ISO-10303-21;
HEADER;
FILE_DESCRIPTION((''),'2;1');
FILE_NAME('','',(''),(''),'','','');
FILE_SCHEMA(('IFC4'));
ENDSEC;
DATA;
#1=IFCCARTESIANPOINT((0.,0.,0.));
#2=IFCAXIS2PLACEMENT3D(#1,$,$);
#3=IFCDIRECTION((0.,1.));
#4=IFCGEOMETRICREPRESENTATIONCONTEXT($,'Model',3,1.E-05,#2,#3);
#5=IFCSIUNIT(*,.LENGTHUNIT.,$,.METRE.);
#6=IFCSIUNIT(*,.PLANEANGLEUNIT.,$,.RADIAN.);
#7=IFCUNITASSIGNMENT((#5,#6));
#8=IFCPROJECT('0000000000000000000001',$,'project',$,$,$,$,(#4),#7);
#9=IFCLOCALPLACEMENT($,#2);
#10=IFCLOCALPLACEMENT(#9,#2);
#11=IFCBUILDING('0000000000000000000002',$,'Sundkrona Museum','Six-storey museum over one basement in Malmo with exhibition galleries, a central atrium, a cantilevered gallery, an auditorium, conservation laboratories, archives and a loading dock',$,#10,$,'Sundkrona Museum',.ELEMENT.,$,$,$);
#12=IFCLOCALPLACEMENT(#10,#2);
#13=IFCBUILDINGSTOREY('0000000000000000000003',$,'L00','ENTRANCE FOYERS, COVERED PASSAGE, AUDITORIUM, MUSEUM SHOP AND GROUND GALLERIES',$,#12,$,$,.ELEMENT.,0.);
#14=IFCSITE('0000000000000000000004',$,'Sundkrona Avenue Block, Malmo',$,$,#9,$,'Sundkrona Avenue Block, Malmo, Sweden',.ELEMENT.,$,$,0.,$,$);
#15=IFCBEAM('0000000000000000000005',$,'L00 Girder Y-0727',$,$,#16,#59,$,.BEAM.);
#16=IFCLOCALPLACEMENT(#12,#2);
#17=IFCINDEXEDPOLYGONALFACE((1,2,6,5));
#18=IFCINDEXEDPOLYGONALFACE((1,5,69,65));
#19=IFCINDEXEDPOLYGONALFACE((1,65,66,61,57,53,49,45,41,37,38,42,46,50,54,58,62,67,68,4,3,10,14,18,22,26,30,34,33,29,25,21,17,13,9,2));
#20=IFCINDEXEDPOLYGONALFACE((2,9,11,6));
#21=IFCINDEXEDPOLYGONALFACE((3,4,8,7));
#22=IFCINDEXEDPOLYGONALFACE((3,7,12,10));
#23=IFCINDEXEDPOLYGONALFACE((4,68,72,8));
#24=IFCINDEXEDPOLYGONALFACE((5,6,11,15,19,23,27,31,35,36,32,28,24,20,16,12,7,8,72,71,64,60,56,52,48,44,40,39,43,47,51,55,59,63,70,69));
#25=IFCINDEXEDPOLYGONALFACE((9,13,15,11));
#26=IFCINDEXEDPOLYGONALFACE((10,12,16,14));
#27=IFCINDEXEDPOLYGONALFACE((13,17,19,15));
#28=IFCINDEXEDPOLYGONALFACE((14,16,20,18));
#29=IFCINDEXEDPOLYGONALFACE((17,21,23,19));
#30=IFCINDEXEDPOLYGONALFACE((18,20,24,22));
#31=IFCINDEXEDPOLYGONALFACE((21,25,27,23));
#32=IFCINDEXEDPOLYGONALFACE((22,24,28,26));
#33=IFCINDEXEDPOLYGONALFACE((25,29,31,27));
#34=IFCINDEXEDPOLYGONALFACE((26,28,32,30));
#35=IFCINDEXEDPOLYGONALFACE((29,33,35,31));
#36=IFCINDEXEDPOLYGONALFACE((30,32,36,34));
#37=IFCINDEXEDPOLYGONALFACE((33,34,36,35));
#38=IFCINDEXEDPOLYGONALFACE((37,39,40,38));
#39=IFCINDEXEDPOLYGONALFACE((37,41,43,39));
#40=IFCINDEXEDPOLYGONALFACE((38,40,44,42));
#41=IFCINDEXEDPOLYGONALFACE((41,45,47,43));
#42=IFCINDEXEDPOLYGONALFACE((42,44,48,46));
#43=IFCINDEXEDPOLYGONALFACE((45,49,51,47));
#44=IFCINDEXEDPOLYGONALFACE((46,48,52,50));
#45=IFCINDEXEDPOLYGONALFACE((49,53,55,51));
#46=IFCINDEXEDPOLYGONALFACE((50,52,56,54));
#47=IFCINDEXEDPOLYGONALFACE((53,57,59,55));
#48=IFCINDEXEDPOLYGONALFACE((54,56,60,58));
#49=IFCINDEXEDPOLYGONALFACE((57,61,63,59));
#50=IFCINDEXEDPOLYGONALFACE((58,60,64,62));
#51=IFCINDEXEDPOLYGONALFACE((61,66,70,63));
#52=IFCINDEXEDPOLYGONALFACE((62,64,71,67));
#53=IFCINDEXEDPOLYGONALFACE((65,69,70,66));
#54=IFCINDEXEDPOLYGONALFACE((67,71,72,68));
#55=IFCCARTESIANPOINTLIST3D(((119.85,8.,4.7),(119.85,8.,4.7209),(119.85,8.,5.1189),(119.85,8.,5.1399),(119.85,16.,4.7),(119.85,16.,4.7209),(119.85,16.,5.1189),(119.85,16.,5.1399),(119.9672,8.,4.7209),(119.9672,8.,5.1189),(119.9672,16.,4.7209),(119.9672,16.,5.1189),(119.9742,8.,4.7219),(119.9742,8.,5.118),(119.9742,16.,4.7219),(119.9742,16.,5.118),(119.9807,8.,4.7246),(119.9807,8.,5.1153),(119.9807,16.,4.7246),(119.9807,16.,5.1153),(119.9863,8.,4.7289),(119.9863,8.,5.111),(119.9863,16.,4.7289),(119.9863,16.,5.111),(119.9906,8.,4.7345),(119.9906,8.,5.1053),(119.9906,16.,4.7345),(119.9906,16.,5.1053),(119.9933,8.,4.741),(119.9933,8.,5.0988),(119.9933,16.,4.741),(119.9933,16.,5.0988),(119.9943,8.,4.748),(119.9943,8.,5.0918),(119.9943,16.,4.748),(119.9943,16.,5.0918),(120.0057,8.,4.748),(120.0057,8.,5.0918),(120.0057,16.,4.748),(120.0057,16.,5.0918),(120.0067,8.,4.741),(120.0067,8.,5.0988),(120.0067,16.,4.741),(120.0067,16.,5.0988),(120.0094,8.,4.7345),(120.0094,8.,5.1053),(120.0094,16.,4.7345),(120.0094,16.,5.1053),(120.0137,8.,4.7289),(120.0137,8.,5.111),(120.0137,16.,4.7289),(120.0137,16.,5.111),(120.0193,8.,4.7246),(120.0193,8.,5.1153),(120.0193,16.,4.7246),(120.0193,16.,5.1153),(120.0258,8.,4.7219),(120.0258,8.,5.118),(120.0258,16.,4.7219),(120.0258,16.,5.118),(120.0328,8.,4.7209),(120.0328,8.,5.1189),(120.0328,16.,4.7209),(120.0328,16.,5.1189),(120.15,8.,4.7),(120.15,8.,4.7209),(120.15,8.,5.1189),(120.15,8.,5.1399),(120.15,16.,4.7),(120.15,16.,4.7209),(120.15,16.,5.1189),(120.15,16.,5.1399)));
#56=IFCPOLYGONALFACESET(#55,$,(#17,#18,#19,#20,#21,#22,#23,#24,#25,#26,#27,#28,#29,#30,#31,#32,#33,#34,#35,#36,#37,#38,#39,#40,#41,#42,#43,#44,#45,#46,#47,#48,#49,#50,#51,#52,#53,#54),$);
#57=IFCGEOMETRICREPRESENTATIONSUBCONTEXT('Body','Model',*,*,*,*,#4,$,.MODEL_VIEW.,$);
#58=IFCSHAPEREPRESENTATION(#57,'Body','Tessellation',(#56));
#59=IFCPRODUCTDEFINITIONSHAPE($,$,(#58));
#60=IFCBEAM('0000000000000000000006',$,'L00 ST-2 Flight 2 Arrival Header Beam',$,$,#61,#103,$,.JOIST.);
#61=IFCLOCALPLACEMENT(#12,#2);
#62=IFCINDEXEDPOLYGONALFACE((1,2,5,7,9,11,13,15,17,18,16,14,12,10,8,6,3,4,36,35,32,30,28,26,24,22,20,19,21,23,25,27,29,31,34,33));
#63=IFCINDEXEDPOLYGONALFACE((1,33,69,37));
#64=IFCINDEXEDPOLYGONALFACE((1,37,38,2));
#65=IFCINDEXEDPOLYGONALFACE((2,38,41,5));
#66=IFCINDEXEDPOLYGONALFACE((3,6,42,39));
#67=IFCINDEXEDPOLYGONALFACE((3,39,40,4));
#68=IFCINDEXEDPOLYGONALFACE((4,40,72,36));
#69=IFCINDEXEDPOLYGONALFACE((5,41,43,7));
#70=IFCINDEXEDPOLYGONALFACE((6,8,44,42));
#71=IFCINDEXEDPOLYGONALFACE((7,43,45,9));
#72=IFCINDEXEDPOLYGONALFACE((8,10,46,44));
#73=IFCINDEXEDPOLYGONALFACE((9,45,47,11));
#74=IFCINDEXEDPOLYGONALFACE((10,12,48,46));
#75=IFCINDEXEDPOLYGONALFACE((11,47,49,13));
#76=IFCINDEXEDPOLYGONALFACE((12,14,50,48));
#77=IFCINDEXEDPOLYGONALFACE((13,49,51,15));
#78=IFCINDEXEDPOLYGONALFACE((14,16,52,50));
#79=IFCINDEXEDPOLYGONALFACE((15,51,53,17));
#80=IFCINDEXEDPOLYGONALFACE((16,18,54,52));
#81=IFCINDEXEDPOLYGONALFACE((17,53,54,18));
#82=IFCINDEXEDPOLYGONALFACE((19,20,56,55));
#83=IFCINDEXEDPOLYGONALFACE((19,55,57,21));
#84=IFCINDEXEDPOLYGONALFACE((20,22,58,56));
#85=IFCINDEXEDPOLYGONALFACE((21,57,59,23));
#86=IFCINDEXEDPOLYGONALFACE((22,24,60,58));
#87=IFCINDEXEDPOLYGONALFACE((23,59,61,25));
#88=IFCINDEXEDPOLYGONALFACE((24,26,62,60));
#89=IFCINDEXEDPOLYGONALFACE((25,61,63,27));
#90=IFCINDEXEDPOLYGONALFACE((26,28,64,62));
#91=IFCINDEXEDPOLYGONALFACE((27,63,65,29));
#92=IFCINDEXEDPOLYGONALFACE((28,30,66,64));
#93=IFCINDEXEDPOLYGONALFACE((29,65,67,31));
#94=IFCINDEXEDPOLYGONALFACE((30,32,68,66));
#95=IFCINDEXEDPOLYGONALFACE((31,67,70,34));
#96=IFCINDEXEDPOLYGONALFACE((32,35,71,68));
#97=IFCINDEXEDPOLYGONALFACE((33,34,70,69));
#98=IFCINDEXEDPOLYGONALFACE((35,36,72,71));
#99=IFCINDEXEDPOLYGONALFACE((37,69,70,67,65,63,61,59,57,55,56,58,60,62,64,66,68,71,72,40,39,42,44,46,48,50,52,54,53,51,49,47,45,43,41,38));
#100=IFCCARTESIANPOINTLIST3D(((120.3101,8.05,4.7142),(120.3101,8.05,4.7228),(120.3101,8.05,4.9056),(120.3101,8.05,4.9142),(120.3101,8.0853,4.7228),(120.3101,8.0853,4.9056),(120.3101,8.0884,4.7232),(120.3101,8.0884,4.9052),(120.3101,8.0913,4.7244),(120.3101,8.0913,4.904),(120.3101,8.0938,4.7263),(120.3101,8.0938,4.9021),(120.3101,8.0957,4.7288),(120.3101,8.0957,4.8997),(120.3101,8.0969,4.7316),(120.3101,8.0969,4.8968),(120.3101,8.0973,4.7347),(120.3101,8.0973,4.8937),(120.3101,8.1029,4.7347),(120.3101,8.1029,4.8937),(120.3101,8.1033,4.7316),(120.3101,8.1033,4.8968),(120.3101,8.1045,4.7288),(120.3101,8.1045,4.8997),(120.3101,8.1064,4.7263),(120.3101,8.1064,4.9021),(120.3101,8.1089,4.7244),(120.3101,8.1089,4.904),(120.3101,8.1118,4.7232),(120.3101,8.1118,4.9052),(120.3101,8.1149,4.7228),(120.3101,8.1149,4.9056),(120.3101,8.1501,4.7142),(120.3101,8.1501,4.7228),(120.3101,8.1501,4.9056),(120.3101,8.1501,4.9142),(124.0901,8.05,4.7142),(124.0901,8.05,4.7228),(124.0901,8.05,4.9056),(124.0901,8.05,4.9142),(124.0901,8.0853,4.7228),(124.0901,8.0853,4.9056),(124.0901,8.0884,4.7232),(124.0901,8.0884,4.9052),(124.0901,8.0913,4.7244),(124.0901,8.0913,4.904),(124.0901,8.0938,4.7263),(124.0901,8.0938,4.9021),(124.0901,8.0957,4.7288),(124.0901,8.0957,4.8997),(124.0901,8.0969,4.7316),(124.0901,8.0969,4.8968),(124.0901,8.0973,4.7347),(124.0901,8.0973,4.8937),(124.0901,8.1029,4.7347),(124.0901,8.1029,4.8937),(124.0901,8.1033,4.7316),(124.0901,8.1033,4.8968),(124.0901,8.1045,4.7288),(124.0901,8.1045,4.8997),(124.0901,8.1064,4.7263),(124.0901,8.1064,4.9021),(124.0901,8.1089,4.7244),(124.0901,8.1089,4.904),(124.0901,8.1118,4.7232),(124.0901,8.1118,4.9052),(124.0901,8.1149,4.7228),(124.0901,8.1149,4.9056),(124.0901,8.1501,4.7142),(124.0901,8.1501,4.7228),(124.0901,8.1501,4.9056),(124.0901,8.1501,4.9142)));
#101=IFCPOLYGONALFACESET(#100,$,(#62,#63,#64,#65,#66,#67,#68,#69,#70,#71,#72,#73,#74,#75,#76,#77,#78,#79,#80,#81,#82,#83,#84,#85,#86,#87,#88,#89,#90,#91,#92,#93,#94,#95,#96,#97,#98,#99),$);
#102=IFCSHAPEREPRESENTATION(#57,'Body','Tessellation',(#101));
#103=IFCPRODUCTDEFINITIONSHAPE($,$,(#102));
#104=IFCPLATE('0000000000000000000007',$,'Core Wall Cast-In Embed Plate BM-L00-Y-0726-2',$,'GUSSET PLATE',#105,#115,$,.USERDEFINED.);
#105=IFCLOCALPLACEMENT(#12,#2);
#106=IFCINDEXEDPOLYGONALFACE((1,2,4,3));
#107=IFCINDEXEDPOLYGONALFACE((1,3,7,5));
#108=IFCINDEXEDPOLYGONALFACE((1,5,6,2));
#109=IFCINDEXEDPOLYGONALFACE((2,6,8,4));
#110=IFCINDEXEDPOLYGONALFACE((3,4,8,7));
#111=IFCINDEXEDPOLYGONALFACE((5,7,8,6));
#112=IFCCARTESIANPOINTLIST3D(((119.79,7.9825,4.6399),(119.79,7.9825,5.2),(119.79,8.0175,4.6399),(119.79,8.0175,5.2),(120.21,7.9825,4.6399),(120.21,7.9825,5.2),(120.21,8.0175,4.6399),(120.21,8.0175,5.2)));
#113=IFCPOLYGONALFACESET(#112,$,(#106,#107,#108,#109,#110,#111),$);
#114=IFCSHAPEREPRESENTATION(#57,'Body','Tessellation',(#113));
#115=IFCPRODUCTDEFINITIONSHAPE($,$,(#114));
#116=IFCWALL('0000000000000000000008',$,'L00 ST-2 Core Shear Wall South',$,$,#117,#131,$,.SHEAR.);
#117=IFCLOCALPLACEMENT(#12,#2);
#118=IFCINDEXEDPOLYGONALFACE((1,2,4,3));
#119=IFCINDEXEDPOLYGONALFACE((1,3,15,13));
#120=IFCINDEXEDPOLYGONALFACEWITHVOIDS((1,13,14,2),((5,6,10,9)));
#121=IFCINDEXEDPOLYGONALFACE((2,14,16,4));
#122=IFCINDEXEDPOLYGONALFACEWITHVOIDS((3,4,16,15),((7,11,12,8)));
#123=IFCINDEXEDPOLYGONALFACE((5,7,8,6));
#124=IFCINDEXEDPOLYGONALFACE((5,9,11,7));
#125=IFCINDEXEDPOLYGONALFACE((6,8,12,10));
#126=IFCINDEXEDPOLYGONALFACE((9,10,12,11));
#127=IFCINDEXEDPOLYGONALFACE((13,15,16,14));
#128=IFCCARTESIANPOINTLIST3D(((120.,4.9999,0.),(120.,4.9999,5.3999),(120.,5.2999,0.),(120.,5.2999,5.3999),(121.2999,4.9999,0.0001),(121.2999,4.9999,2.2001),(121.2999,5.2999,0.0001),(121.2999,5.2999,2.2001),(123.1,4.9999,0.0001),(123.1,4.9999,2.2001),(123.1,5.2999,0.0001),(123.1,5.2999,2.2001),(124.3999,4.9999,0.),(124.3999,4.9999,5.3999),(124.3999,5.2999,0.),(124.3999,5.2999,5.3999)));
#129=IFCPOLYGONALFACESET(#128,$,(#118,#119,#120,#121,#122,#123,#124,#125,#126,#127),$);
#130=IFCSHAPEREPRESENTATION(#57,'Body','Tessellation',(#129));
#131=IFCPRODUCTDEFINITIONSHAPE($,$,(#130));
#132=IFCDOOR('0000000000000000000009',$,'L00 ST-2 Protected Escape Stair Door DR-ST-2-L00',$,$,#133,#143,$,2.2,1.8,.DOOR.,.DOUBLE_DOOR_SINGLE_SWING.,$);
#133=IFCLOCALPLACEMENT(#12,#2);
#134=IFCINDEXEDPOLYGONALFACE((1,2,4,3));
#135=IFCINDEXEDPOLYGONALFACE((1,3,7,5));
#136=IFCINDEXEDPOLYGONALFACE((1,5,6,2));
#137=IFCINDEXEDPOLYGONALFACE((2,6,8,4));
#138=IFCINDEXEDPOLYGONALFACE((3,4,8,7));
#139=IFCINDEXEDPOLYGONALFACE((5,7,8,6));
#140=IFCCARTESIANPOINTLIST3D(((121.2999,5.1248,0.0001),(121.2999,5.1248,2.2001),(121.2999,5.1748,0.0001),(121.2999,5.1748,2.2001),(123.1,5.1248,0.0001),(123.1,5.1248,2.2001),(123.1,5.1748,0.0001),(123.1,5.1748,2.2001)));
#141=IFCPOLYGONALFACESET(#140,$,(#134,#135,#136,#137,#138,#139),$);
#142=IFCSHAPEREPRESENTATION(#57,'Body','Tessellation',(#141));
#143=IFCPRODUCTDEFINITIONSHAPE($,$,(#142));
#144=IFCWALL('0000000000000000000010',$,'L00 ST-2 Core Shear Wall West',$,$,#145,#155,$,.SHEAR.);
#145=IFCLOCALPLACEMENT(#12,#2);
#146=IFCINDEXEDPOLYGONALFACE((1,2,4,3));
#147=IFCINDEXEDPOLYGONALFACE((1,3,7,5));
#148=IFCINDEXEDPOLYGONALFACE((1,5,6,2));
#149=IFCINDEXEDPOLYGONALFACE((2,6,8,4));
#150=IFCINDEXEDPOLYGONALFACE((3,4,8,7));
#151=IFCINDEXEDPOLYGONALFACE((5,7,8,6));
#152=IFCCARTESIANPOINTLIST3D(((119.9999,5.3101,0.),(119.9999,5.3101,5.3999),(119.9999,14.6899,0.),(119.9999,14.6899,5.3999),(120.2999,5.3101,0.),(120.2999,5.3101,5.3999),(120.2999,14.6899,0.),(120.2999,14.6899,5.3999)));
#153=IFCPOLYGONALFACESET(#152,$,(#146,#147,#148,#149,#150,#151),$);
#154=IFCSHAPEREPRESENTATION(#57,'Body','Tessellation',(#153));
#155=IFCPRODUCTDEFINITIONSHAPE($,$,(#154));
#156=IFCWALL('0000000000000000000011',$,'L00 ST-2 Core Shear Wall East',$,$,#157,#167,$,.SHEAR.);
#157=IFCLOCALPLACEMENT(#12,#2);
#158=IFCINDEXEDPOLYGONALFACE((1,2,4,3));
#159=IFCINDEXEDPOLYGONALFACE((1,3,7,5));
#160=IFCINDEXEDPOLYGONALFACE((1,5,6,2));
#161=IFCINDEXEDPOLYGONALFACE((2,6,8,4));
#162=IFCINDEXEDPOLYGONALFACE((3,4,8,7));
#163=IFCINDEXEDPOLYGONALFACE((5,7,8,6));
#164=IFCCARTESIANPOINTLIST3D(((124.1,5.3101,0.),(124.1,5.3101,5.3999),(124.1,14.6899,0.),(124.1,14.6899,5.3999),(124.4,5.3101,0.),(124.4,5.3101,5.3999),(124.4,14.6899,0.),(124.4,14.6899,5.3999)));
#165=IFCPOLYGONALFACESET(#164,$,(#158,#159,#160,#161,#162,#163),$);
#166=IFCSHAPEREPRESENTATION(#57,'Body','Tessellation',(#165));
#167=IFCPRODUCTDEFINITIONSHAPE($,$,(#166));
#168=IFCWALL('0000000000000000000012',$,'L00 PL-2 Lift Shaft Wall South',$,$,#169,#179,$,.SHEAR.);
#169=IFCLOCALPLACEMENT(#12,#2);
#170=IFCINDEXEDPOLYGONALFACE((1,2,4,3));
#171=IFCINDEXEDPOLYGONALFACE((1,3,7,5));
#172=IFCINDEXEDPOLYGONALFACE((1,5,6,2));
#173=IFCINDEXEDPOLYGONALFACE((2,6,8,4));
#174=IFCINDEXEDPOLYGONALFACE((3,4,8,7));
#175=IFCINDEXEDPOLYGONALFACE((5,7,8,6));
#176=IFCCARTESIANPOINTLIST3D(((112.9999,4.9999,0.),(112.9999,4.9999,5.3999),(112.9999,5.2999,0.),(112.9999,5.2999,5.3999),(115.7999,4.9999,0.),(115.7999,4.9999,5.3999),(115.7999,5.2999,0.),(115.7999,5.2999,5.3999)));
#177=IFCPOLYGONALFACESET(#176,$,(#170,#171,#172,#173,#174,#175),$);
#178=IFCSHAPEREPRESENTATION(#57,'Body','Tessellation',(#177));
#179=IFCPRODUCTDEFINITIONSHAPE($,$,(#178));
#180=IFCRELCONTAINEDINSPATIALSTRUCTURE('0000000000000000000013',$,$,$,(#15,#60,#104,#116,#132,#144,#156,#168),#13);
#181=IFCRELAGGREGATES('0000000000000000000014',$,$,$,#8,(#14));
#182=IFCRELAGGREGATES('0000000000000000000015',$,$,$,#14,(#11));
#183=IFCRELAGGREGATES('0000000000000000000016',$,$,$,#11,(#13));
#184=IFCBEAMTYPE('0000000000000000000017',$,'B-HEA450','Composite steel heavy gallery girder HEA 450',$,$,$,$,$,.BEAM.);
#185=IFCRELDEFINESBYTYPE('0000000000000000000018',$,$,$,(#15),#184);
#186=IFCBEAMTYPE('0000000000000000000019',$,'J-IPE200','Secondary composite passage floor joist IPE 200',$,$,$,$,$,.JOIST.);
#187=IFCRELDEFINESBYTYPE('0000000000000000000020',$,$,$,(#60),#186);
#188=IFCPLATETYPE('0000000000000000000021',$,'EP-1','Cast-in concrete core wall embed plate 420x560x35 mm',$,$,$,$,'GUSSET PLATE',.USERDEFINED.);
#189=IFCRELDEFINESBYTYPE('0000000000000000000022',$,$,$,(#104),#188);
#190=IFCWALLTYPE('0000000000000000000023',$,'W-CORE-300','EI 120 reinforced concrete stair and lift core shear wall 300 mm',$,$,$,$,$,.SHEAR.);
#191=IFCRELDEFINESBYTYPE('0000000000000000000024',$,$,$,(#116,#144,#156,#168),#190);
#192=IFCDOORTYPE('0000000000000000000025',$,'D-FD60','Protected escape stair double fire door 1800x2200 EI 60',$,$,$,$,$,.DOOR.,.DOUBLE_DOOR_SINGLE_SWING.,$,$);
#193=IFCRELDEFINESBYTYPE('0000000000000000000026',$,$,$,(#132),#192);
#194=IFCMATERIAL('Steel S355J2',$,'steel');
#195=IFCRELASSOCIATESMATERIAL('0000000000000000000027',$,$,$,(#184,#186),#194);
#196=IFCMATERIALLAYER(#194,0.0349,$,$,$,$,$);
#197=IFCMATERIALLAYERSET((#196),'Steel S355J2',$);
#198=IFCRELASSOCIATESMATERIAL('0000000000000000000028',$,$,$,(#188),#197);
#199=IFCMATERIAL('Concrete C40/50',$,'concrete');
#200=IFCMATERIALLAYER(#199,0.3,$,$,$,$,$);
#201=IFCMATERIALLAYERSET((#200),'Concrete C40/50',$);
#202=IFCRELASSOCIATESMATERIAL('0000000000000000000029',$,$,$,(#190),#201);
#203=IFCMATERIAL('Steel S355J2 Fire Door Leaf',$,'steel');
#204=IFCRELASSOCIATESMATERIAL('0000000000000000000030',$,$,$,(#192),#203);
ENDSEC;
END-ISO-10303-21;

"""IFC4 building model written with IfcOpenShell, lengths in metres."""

from ifc_helpers import new_model, si_unit, direction, frame, frame_2d, origin, origin_2d, place, context, subcontext, project, spatial, rectangle, i_section, extrude, material, layer, layer_set, material_profile, profile_set, type_object, element, fill, save


model = new_model("IFC4")

# Units and contexts
model_context = context("Model", 3, precision=1e-05, world=origin(), true_north=direction((0.0, 1.0)))
body_context = subcontext(model_context, "Body", "Model", "MODEL_VIEW")
ifc_project = project(units=[si_unit("LENGTHUNIT", "METRE"), si_unit("PLANEANGLEUNIT", "RADIAN")], contexts=[model_context])

# Site, building, storey
site_placement = place(None, origin())
site = spatial("IfcSite", under=ifc_project, at=site_placement, Name="Sundkrona Avenue Block, Malmo", LongName="Sundkrona Avenue Block, Malmo, Sweden", CompositionType="ELEMENT", RefElevation=0.0)
building_placement = place(site_placement, origin())
building = spatial("IfcBuilding", under=site, at=building_placement, Name="Sundkrona Museum", Description="Six-storey museum over one basement in Malmo with exhibition galleries, a central atrium, a cantilevered gallery, an auditorium, conservation laboratories, archives and a loading dock", LongName="Sundkrona Museum", CompositionType="ELEMENT")
storey_placement = place(building_placement, origin())
storey = spatial("IfcBuildingStorey", under=building, at=storey_placement, Name="L00", Description="ENTRANCE FOYERS, COVERED PASSAGE, AUDITORIUM, MUSEUM SHOP AND GROUND GALLERIES", CompositionType="ELEMENT", Elevation=0.0)

# Beams
ifc_material_1 = material(Name="Steel S355J2", Category="steel")
ifc_material_profile_1 = material_profile(ifc_material_1, i_section(OverallWidth=0.3, OverallDepth=0.4399, WebThickness=0.0115, FlangeThickness=0.021, FilletRadius=0.0271, at=origin_2d()), Name="HEA 450")
ifc_profile_set_1 = profile_set([ifc_material_profile_1], Name="Steel S355J2")
beam_type_1 = type_object("IfcBeamType", Name="B-HEA450", Description="Composite steel heavy gallery girder HEA 450", PredefinedType="BEAM", material=ifc_profile_set_1)
beam_1_placement = place(storey_placement, frame((120.0, 8.0, 4.9199), z_axis=(0.0, 1.0, 0.0), x_axis=(-1.0, 0.0, 0.0)))
element("IfcBeam", 1, at=beam_1_placement, inside=storey, type_object=beam_type_1, Name="L00 Girder Y-0727", PredefinedType="BEAM", context=body_context, shape_type="SweptSolid", body=[
    extrude(i_section(OverallWidth=0.3, OverallDepth=0.4399, WebThickness=0.0115, FlangeThickness=0.021, FilletRadius=0.0271, at=origin_2d()), origin(), (0.0, 0.0, 1.0), 8.0),
])
ifc_material_profile_2 = material_profile(ifc_material_1, i_section(OverallWidth=0.1001, OverallDepth=0.2, WebThickness=0.0056, FlangeThickness=0.0085, FilletRadius=0.012, at=origin_2d()), Name="IPE 200")
ifc_profile_set_2 = profile_set([ifc_material_profile_2], Name="Steel S355J2")
beam_type_2 = type_object("IfcBeamType", Name="J-IPE200", Description="Secondary composite passage floor joist IPE 200", PredefinedType="JOIST", material=ifc_profile_set_2)
beam_2_placement = place(storey_placement, frame((120.3101, 8.1001, 4.8142), z_axis=(1.0, 0.0, 0.0), x_axis=(0.0, 1.0, 0.0)))
element("IfcBeam", 2, at=beam_2_placement, inside=storey, type_object=beam_type_2, Name="L00 ST-2 Flight 2 Arrival Header Beam", PredefinedType="JOIST", context=body_context, shape_type="SweptSolid", body=[
    extrude(i_section(OverallWidth=0.1001, OverallDepth=0.2, WebThickness=0.0056, FlangeThickness=0.0085, FilletRadius=0.012, at=origin_2d()), origin(), (0.0, 0.0, 1.0), 3.78),
])

# Plate
ifc_layer_1 = layer(ifc_material_1, 0.0349)
ifc_layer_set_1 = layer_set([ifc_layer_1], Name="Steel S355J2")
plate_type = type_object("IfcPlateType", Name="EP-1", Description="Cast-in concrete core wall embed plate 420x560x35 mm", ElementType="GUSSET PLATE", PredefinedType="USERDEFINED", material=ifc_layer_set_1)
plate_placement = place(storey_placement, frame((120.0, 8.0, 4.6399), z_axis=(0.0, 0.0, 1.0), x_axis=(1.0, 0.0, 0.0)))
element("IfcPlate", 3, at=plate_placement, inside=storey, type_object=plate_type, Name="Core Wall Cast-In Embed Plate BM-L00-Y-0726-2", ObjectType="GUSSET PLATE", PredefinedType="USERDEFINED", context=body_context, shape_type="SweptSolid", body=[
    extrude(rectangle(XDim=0.4199, YDim=0.0349, at=origin_2d()), origin(), (0.0, 0.0, 1.0), 0.5601),
])

# Wall, opening, door
ifc_material_2 = material(Name="Concrete C40/50", Category="concrete")
ifc_layer_2 = layer(ifc_material_2, 0.3)
ifc_layer_set_2 = layer_set([ifc_layer_2], Name="Concrete C40/50")
wall_type_1 = type_object("IfcWallType", Name="W-CORE-300", Description="EI 120 reinforced concrete stair and lift core shear wall 300 mm", PredefinedType="SHEAR", material=ifc_layer_set_2)
wall_1_placement = place(storey_placement, frame((120.0, 5.1499, 0.0), z_axis=(0.0, 0.0, 1.0), x_axis=(1.0, 0.0, 0.0)))
wall_1 = element("IfcWall", 4, at=wall_1_placement, inside=storey, type_object=wall_type_1, Name="L00 ST-2 Core Shear Wall South", PredefinedType="SHEAR", context=body_context, shape_type="SweptSolid", body=[
    extrude(rectangle(XDim=4.3999, YDim=0.3, at=frame_2d((2.2, 0.0))), origin(), (0.0, 0.0, 1.0), 5.3999),
])
opening_1_placement = place(wall_1_placement, frame((1.3, 0.0, 0.0)))
opening_1 = element("IfcOpeningElement", 5, at=opening_1_placement, cuts=wall_1, PredefinedType="OPENING", context=body_context, shape_type="SweptSolid", body=[
    extrude(rectangle(XDim=1.8, YDim=2.2, at=frame_2d((0.8999, 1.1001))), frame((0.0, 0.1599, 0.0), z_axis=(0.0, -1.0, 0.0), x_axis=(1.0, 0.0, 0.0)), (0.0, 0.0, 1.0), 0.3201),
])
ifc_material_3 = material(Name="Steel S355J2 Fire Door Leaf", Category="steel")
door_type = type_object("IfcDoorType", Name="D-FD60", Description="Protected escape stair double fire door 1800x2200 EI 60", OperationType="DOUBLE_DOOR_SINGLE_SWING", PredefinedType="DOOR", material=ifc_material_3)
door_1_placement = place(opening_1_placement, origin())
door_1 = element("IfcDoor", 6, at=door_1_placement, inside=storey, type_object=door_type, Name="L00 ST-2 Protected Escape Stair Door DR-ST-2-L00", OperationType="DOUBLE_DOOR_SINGLE_SWING", OverallHeight=2.2, OverallWidth=1.8, PredefinedType="DOOR", context=body_context, shape_type="SweptSolid", body=[
    extrude(rectangle(XDim=1.8, YDim=2.2, at=frame_2d((0.8999, 1.1001))), frame((0.0, 0.0249, 0.0), z_axis=(0.0, -1.0, 0.0), x_axis=(1.0, 0.0, 0.0)), (0.0, 0.0, 1.0), 0.05),
])
fill(opening_1, door_1)

# Walls
for number, where, z_axis, x_axis, name in (
    (7, (120.1499, 5.3101, 0.0), (0.0, 0.0, 1.0), (0.0, 1.0, 0.0), "L00 ST-2 Core Shear Wall West"),
    (8, (124.25, 5.3101, 0.0), (0.0, 0.0, 1.0), (0.0, 1.0, 0.0), "L00 ST-2 Core Shear Wall East"),
):
    element("IfcWall", number, at=place(storey_placement, frame(where, z_axis=z_axis, x_axis=x_axis)), inside=storey, type_object=wall_type_1, Name=name, PredefinedType="SHEAR", context=body_context, shape_type="SweptSolid", body=[
        extrude(rectangle(XDim=9.3799, YDim=0.3, at=frame_2d((4.6899, 0.0))), origin(), (0.0, 0.0, 1.0), 5.3999),
    ])
wall_2_placement = place(storey_placement, frame((113.0, 5.1499, 0.0), z_axis=(0.0, 0.0, 1.0), x_axis=(1.0, 0.0, 0.0)))
element("IfcWall", 9, at=wall_2_placement, inside=storey, type_object=wall_type_1, Name="L00 PL-2 Lift Shaft Wall South", PredefinedType="SHEAR", context=body_context, shape_type="SweptSolid", body=[
    extrude(rectangle(XDim=2.8, YDim=0.3, at=frame_2d((1.3999, 0.0))), origin(), (0.0, 0.0, 1.0), 5.3999),
])

save(model, "model.ifc")
